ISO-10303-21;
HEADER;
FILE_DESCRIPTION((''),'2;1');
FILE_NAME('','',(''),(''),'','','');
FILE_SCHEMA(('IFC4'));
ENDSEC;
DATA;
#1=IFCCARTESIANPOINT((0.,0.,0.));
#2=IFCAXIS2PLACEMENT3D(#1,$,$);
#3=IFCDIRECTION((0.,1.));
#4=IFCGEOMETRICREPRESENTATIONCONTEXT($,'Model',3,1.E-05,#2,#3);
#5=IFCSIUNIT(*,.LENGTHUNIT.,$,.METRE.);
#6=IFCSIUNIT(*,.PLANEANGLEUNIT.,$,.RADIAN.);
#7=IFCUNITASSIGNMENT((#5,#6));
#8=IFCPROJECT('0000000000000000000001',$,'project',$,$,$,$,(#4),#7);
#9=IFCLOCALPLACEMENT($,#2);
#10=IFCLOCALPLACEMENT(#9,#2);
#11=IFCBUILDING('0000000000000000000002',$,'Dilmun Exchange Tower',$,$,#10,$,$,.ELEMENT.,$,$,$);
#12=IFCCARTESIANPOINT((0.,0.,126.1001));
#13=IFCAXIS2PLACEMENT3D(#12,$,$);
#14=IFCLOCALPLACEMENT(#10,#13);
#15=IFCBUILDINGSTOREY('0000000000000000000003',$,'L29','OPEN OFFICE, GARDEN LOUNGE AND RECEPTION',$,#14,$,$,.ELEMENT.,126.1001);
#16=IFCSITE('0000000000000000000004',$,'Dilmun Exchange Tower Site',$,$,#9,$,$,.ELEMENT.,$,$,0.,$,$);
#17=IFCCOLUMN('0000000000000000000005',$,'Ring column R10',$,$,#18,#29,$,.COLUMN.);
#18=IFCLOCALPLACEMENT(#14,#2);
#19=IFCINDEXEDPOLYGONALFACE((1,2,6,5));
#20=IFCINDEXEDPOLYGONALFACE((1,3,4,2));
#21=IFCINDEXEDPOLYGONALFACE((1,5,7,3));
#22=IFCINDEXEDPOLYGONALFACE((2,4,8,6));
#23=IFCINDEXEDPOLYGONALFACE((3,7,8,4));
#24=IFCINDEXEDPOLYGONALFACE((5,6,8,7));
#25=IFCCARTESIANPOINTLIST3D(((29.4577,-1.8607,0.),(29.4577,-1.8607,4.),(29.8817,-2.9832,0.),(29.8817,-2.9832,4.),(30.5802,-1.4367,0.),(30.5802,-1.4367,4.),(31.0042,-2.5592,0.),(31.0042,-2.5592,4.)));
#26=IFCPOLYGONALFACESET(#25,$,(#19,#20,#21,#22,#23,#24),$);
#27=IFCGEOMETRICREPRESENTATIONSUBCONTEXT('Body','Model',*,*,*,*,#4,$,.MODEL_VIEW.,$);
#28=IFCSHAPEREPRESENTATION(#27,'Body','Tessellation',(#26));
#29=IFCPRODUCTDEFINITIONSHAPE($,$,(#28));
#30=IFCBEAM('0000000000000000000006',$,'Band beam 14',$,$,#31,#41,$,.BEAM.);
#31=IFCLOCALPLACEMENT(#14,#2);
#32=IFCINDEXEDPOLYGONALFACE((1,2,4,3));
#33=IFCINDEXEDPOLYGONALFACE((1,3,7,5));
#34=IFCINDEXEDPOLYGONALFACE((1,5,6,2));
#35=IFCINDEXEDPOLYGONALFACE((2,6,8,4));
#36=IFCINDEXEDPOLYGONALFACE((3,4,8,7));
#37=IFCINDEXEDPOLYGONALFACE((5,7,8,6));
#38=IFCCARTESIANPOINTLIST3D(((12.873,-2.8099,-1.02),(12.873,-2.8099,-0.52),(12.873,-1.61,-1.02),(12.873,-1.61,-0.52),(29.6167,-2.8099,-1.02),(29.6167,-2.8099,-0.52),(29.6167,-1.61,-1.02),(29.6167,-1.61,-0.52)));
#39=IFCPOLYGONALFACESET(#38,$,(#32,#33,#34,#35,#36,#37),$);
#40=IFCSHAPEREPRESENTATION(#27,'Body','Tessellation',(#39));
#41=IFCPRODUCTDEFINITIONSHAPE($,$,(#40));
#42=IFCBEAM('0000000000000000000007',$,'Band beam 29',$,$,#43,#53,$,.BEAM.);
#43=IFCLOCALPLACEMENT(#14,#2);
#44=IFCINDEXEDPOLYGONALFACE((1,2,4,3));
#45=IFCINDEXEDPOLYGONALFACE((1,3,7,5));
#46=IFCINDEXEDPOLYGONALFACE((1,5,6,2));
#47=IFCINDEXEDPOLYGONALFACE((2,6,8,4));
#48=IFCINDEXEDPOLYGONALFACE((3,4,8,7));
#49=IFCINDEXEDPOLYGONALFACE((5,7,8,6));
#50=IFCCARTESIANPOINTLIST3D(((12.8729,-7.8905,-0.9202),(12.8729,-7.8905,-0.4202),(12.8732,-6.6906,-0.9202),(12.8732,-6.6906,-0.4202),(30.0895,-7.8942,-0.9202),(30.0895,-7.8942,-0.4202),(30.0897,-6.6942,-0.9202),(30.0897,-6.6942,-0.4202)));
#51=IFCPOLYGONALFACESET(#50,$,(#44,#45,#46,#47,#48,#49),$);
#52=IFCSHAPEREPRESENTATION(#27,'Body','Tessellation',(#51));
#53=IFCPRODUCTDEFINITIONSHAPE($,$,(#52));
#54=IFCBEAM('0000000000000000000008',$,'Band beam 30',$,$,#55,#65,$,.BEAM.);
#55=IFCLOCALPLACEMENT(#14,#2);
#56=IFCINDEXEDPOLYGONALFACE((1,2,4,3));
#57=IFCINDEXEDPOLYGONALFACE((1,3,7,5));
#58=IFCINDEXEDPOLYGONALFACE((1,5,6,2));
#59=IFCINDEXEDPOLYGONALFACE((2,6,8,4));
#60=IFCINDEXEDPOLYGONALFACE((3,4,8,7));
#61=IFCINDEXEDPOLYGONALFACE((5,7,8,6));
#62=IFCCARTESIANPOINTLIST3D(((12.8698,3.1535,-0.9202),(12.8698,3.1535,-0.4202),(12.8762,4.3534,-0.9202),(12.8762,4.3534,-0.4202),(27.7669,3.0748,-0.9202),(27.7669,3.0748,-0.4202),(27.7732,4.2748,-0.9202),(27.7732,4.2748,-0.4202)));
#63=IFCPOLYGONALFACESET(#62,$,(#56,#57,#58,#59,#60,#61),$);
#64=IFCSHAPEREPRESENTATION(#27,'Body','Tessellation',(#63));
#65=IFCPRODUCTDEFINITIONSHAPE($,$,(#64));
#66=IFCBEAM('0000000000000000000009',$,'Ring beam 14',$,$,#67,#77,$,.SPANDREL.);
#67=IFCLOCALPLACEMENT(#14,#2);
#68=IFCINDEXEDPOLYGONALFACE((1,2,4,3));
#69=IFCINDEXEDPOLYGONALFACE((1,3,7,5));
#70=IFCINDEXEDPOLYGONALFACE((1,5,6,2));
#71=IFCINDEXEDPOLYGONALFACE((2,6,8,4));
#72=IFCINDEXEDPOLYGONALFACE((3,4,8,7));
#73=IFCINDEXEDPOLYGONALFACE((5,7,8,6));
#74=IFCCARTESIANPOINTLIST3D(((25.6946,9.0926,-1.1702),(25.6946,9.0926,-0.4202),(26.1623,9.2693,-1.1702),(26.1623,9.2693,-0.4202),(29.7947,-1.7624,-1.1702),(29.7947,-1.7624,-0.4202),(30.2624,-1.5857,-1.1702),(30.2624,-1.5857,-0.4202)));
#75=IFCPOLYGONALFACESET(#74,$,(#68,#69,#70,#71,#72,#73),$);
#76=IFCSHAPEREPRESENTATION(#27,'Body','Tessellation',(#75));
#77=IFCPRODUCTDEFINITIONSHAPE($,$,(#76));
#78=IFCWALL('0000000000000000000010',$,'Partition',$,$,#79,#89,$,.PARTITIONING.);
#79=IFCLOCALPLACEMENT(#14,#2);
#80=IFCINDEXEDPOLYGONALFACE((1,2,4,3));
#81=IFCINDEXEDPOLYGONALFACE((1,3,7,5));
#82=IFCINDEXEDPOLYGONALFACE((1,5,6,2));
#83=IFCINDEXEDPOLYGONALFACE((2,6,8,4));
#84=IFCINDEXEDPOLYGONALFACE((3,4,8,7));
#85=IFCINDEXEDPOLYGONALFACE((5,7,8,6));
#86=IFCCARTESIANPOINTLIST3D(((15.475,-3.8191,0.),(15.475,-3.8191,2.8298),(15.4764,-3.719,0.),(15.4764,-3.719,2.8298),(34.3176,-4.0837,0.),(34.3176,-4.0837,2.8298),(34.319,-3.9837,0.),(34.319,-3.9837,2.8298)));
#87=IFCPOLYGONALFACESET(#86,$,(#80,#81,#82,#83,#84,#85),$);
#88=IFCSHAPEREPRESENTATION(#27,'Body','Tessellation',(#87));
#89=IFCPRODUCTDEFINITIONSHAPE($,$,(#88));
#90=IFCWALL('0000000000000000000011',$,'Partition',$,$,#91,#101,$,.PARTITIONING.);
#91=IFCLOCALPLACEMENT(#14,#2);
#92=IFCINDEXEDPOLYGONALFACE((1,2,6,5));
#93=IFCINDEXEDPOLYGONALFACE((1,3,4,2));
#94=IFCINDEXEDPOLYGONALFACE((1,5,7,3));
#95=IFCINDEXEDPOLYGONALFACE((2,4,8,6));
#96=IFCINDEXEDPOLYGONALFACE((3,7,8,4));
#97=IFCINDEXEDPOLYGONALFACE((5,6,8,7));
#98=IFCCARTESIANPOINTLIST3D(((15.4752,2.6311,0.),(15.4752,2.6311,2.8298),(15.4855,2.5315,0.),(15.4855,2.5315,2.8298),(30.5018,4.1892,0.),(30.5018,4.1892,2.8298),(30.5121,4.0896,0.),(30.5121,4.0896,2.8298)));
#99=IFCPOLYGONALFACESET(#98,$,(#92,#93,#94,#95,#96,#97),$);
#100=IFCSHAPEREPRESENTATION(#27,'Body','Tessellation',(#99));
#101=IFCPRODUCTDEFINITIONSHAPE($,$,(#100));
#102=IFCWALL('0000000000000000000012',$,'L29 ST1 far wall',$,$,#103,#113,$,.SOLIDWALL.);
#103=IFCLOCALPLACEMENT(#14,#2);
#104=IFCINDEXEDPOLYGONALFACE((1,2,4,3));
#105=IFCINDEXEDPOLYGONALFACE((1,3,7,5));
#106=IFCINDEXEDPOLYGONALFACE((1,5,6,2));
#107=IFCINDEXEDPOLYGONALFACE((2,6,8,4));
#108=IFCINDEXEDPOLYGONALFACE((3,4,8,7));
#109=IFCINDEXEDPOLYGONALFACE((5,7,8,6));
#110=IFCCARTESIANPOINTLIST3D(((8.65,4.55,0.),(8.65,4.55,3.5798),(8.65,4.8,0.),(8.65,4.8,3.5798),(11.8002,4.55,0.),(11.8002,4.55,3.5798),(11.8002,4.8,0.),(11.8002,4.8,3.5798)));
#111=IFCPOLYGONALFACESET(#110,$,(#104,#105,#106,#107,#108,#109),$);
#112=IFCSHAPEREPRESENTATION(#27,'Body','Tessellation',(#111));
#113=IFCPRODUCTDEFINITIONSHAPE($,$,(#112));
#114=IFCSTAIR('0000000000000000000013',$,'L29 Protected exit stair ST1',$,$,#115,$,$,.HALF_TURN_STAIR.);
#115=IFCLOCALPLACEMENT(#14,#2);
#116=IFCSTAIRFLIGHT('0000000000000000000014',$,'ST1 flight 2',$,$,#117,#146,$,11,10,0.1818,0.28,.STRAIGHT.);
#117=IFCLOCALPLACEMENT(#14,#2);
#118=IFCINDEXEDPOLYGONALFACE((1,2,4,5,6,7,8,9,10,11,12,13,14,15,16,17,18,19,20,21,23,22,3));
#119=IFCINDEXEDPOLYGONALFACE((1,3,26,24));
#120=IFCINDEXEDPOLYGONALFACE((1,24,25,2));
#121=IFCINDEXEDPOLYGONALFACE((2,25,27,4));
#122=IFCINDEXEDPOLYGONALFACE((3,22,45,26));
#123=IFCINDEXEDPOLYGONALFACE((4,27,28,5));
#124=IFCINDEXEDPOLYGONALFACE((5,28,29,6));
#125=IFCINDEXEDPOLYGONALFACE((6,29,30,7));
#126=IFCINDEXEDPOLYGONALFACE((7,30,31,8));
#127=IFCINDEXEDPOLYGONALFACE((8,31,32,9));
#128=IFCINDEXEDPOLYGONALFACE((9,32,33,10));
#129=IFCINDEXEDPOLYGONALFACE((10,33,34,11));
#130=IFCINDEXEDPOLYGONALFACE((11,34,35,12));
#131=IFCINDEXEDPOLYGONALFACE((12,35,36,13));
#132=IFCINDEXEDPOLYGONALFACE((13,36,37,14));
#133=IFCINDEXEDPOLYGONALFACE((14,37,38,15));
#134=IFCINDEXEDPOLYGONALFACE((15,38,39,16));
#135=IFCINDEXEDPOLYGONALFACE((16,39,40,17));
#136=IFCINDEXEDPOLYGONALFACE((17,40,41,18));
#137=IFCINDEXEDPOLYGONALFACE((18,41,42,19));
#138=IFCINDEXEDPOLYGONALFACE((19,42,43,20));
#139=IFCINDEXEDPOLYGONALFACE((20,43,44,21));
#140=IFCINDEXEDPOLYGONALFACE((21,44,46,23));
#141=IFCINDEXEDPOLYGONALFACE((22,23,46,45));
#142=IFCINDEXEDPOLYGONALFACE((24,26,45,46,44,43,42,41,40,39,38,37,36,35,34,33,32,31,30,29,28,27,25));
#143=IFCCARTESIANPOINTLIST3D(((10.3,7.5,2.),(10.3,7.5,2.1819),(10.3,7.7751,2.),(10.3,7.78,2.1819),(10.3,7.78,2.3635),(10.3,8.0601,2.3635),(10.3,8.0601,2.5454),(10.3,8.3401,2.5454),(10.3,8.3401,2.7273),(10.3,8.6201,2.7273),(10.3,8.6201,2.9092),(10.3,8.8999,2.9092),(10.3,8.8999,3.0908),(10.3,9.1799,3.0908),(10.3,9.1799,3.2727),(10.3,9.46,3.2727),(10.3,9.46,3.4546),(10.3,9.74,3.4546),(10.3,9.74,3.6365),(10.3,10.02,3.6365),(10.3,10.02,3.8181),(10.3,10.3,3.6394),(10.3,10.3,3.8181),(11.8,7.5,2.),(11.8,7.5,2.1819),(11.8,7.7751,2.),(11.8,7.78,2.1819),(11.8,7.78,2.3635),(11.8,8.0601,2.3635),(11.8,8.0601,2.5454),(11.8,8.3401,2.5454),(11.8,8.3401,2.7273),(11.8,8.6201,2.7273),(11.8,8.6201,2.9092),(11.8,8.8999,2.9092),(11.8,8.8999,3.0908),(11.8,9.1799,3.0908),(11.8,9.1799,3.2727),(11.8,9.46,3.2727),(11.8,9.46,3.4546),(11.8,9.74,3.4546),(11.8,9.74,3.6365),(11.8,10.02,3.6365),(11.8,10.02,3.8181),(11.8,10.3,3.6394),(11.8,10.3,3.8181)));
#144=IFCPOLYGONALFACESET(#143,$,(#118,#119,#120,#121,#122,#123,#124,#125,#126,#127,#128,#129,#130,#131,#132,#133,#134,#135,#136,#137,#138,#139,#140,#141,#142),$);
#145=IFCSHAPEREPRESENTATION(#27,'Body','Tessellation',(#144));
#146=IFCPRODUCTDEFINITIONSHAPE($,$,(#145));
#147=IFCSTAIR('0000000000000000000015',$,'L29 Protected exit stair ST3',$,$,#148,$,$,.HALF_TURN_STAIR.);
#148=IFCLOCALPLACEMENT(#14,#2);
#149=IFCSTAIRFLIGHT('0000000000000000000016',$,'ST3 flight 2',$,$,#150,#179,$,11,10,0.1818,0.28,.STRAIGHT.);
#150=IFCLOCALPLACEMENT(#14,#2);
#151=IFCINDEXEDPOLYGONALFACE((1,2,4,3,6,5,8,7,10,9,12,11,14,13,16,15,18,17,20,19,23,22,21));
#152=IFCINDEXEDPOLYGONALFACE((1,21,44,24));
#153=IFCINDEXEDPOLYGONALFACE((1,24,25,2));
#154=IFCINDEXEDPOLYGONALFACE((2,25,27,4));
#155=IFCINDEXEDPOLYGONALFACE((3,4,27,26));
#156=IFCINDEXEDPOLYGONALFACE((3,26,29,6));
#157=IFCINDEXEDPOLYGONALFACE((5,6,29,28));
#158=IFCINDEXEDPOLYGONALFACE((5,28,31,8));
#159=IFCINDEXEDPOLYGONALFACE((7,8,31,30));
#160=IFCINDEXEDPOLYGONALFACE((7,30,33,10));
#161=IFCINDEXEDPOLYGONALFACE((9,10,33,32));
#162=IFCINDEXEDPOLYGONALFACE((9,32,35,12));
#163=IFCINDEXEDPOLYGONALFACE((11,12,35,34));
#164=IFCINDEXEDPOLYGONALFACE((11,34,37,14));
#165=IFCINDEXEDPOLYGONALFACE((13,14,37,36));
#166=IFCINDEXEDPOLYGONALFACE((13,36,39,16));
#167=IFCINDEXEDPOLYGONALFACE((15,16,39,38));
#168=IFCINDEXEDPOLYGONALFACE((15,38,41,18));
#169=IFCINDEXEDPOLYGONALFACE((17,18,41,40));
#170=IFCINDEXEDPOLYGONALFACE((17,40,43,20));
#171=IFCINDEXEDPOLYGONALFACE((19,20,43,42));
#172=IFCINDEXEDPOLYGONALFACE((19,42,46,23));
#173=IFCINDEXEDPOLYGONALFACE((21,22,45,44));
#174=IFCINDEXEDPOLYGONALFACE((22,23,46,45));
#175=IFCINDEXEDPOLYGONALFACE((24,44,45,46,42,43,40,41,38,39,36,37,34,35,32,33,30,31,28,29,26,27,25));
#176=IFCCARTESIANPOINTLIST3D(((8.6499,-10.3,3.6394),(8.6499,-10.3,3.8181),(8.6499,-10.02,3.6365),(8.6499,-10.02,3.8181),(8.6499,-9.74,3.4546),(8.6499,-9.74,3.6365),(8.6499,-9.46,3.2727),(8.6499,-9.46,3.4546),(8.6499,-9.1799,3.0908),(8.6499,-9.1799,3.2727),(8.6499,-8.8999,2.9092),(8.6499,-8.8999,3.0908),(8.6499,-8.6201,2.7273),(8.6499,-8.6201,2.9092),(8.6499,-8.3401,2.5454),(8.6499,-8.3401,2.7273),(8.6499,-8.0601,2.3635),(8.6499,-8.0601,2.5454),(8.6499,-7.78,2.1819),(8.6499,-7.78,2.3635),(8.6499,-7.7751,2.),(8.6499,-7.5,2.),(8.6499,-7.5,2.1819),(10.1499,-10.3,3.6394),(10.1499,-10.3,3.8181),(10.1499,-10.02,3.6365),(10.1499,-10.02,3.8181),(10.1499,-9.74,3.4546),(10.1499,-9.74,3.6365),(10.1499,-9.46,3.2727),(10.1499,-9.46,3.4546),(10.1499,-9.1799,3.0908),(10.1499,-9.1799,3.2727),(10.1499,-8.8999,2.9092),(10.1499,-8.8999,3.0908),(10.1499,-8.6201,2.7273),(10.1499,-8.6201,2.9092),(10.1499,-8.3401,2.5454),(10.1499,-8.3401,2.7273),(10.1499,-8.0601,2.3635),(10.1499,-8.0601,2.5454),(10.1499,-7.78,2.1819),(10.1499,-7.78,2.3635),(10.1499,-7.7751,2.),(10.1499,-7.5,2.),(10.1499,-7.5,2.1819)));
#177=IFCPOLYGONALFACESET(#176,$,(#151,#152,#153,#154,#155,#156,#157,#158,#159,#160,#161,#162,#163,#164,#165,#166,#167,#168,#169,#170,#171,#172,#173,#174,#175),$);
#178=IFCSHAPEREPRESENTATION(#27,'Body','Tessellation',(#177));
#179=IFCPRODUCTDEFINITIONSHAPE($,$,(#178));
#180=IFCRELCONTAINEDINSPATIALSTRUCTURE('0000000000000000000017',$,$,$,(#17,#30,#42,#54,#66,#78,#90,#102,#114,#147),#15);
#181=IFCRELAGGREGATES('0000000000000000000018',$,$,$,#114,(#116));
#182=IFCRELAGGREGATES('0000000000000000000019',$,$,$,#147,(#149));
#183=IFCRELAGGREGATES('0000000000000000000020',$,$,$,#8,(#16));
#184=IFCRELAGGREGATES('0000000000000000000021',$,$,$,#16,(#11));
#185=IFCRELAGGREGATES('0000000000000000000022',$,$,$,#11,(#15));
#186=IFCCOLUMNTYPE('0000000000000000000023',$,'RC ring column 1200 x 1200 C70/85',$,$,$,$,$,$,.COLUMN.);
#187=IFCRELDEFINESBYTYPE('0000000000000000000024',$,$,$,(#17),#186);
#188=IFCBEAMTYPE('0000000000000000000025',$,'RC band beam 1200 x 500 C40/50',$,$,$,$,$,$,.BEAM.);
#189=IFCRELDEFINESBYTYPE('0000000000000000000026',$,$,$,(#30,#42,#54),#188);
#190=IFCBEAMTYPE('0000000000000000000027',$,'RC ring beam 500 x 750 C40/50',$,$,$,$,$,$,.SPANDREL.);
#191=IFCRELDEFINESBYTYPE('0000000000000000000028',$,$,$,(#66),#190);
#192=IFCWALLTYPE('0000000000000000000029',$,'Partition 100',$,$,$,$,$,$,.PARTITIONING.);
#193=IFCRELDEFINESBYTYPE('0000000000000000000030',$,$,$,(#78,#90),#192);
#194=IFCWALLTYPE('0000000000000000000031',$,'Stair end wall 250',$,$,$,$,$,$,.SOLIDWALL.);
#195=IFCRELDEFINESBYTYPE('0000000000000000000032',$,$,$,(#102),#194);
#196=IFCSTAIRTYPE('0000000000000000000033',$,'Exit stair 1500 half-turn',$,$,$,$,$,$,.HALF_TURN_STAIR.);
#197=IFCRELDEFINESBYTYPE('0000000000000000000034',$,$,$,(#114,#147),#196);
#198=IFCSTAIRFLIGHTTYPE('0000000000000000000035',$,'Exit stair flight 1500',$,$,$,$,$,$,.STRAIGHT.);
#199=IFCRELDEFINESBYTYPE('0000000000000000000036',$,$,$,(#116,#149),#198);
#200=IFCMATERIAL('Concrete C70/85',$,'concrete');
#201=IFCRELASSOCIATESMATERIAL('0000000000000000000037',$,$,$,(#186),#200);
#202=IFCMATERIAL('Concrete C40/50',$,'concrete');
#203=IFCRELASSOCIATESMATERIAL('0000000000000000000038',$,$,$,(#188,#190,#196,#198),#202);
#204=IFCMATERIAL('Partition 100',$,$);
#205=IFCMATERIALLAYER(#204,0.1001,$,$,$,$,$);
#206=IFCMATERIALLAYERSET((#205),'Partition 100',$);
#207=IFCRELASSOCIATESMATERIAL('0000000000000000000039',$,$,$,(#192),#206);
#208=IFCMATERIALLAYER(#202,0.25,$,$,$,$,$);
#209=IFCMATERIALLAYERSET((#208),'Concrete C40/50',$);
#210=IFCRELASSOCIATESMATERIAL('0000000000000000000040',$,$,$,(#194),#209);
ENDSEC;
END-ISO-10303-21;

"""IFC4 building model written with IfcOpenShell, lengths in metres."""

from ifc_helpers import new_model, si_unit, direction, frame, frame_2d, origin, origin_2d, place, context, subcontext, project, spatial, polyline, rectangle, outline, extrude, material, layer, layer_set, material_profile, profile_set, type_object, element, aggregate, save


model = new_model("IFC4")

# Units and contexts
model_context = context("Model", 3, precision=1e-05, world=origin(), true_north=direction((0.0, 1.0)))
body_context = subcontext(model_context, "Body", "Model", "MODEL_VIEW")
ifc_project = project(units=[si_unit("LENGTHUNIT", "METRE"), si_unit("PLANEANGLEUNIT", "RADIAN")], contexts=[model_context])

# Site, building, storey
site_placement = place(None, origin())
site = spatial("IfcSite", under=ifc_project, at=site_placement, Name="Dilmun Exchange Tower Site", CompositionType="ELEMENT", RefElevation=0.0)
building_placement = place(site_placement, origin())
building = spatial("IfcBuilding", under=site, at=building_placement, Name="Dilmun Exchange Tower", CompositionType="ELEMENT")
storey_placement = place(building_placement, frame((0.0, 0.0, 126.1001)))
storey = spatial("IfcBuildingStorey", under=building, at=storey_placement, Name="L29", Description="OPEN OFFICE, GARDEN LOUNGE AND RECEPTION", CompositionType="ELEMENT", Elevation=126.1001)

# Column
ifc_material_1 = material(Name="Concrete C70/85", Category="concrete")
ifc_material_profile_1 = material_profile(ifc_material_1, rectangle(XDim=1.2, YDim=1.2, at=origin_2d()), Name="1200 x 1200")
ifc_profile_set_1 = profile_set([ifc_material_profile_1], Name="Concrete C70/85")
column_type = type_object("IfcColumnType", Name="RC ring column 1200 x 1200 C70/85", PredefinedType="COLUMN", material=ifc_profile_set_1)
column_placement = place(storey_placement, frame((30.231, -2.21, 0.0), z_axis=(0.0, 0.0, 1.0), x_axis=(0.935492, 0.353349, 0.0)))
element("IfcColumn", 1, at=column_placement, inside=storey, type_object=column_type, Name="Ring column R10", PredefinedType="COLUMN", context=body_context, shape_type="SweptSolid", body=[
    extrude(rectangle(XDim=1.2, YDim=1.2, at=origin_2d()), origin(), (0.0, 0.0, 1.0), 4.0),
])

# Beams
ifc_material_2 = material(Name="Concrete C40/50", Category="concrete")
ifc_material_profile_2 = material_profile(ifc_material_2, rectangle(XDim=1.2, YDim=0.5, at=origin_2d()), Name="1200 x 500")
ifc_profile_set_2 = profile_set([ifc_material_profile_2], Name="Concrete C40/50")
beam_type_1 = type_object("IfcBeamType", Name="RC band beam 1200 x 500 C40/50", PredefinedType="BEAM", material=ifc_profile_set_2)
beam_1_placement = place(storey_placement, frame((29.6167, -2.21, -0.77), z_axis=(-1.0, 0.0, 0.0), x_axis=(0.0, -1.0, 0.0)))
element("IfcBeam", 2, at=beam_1_placement, inside=storey, type_object=beam_type_1, Name="Band beam 14", PredefinedType="BEAM", context=body_context, shape_type="SweptSolid", body=[
    extrude(rectangle(XDim=1.2, YDim=0.5, at=origin_2d()), origin(), (0.0, 0.0, 1.0), 16.7437),
])
beam_2_placement = place(storey_placement, frame((30.0896, -7.2942, -0.6702), z_axis=(-1.0, 0.000213, 0.0), x_axis=(-0.000213, -1.0, 0.0)))
element("IfcBeam", 3, at=beam_2_placement, inside=storey, type_object=beam_type_1, Name="Band beam 29", PredefinedType="BEAM", context=body_context, shape_type="SweptSolid", body=[
    extrude(rectangle(XDim=1.2, YDim=0.5, at=origin_2d()), origin(), (0.0, 0.0, 1.0), 17.2166),
])
beam_3_placement = place(storey_placement, frame((27.77, 3.6748, -0.6702), z_axis=(-0.999986, 0.005277, 0.0), x_axis=(-0.005277, -0.999986, 0.0)))
element("IfcBeam", 4, at=beam_3_placement, inside=storey, type_object=beam_type_1, Name="Band beam 30", PredefinedType="BEAM", context=body_context, shape_type="SweptSolid", body=[
    extrude(rectangle(XDim=1.2, YDim=0.5, at=origin_2d()), origin(), (0.0, 0.0, 1.0), 14.8972),
])
ifc_material_profile_3 = material_profile(ifc_material_2, rectangle(XDim=0.5, YDim=0.75, at=origin_2d()), Name="500 x 750")
ifc_profile_set_3 = profile_set([ifc_material_profile_3], Name="Concrete C40/50")
beam_type_2 = type_object("IfcBeamType", Name="RC ring beam 500 x 750 C40/50", PredefinedType="SPANDREL", material=ifc_profile_set_3)
beam_4_placement = place(storey_placement, frame((30.0286, -1.6741, -0.7952), z_axis=(-0.35335, 0.935491, 0.0), x_axis=(-0.935491, -0.35335, 0.0)))
element("IfcBeam", 5, at=beam_4_placement, inside=storey, type_object=beam_type_2, Name="Ring beam 14", PredefinedType="SPANDREL", context=body_context, shape_type="SweptSolid", body=[
    extrude(rectangle(XDim=0.5, YDim=0.75, at=origin_2d()), origin(), (0.0, 0.0, 1.0), 11.6035),
])

# Walls
ifc_material_3 = material(Name="Partition 100")
ifc_layer_1 = layer(ifc_material_3, 0.1001)
ifc_layer_set_1 = layer_set([ifc_layer_1], Name="Partition 100")
wall_type_1 = type_object("IfcWallType", Name="Partition 100", PredefinedType="PARTITIONING", material=ifc_layer_set_1)
wall_1_placement = place(storey_placement, frame((15.4756, -3.769, 0.0), z_axis=(0.0, 0.0, 1.0), x_axis=(0.999901, -0.014044, 0.0)))
element("IfcWall", 6, at=wall_1_placement, inside=storey, type_object=wall_type_1, Name="Partition", PredefinedType="PARTITIONING", context=body_context, shape_type="SweptSolid", body=[
    extrude(rectangle(XDim=18.8445, YDim=0.1001, at=frame_2d((9.4224, 0.0))), origin(), (0.0, 0.0, 1.0), 2.8298),
])
wall_2_placement = place(storey_placement, frame((15.4802, 2.5813, 0.0), z_axis=(0.0, 0.0, 1.0), x_axis=(0.994667, 0.103137, 0.0)))
element("IfcWall", 7, at=wall_2_placement, inside=storey, type_object=wall_type_1, Name="Partition", PredefinedType="PARTITIONING", context=body_context, shape_type="SweptSolid", body=[
    extrude(rectangle(XDim=15.1072, YDim=0.1001, at=frame_2d((7.5537, 0.0))), origin(), (0.0, 0.0, 1.0), 2.8298),
])

# Wall
ifc_layer_2 = layer(ifc_material_2, 0.25)
ifc_layer_set_2 = layer_set([ifc_layer_2], Name="Concrete C40/50")
wall_type_2 = type_object("IfcWallType", Name="Stair end wall 250", PredefinedType="SOLIDWALL", material=ifc_layer_set_2)
wall_3_placement = place(storey_placement, frame((8.6499, 4.675, 0.0), z_axis=(0.0, 0.0, 1.0), x_axis=(1.0, 0.0, 0.0)))
element("IfcWall", 8, at=wall_3_placement, inside=storey, type_object=wall_type_2, Name="L29 ST1 far wall", PredefinedType="SOLIDWALL", context=body_context, shape_type="SweptSolid", body=[
    extrude(rectangle(XDim=3.1501, YDim=0.25, at=frame_2d((1.5752, 0.0))), origin(), (0.0, 0.0, 1.0), 3.5798),
])

# Stairs, stair flights
stair_type = type_object("IfcStairType", Name="Exit stair 1500 half-turn", PredefinedType="HALF_TURN_STAIR", material=ifc_material_2)
stair_1_placement = place(storey_placement, origin())
stair_1 = element("IfcStair", 9, at=stair_1_placement, inside=storey, type_object=stair_type, Name="L29 Protected exit stair ST1", PredefinedType="HALF_TURN_STAIR")
stair_flight_type = type_object("IfcStairFlightType", Name="Exit stair flight 1500", PredefinedType="STRAIGHT", material=ifc_material_2)
stair_flight_1_placement = place(storey_placement, frame((11.05, 7.5, 2.0), z_axis=(0.0, 0.0, 1.0), x_axis=(0.0, 1.0, 0.0)))
stair_flight_1 = element("IfcStairFlight", 10, at=stair_flight_1_placement, type_object=stair_flight_type, Name="ST1 flight 2", NumberOfRisers=11, NumberOfTreads=10, PredefinedType="STRAIGHT", RiserHeight=0.1818, TreadLength=0.28, context=body_context, shape_type="SweptSolid", body=[
    extrude(outline(polyline([(0.0, 0.0), (0.0, 0.1819), (0.28, 0.1819), (0.28, 0.3635), (0.5601, 0.3635), (0.5601, 0.5454), (0.8401, 0.5454), (0.8401, 0.7273), (1.1201, 0.7273), (1.1201, 0.9092), (1.3999, 0.9092), (1.3999, 1.0908), (1.6799, 1.0908), (1.6799, 1.2727), (1.96, 1.2727), (1.96, 1.4546), (2.24, 1.4546), (2.24, 1.6365), (2.52, 1.6365), (2.52, 1.8181), (2.8, 1.8181), (2.8, 2.0), (2.8, 1.6394), (0.2751, 0.0), (0.0, 0.0)])), frame((0.0, 0.75, 0.0), z_axis=(0.0, -1.0, 0.0), x_axis=(1.0, 0.0, 0.0)), (0.0, 0.0, 1.0), 1.5),
])
aggregate(stair_1, [stair_flight_1])
stair_2_placement = place(storey_placement, origin())
stair_2 = element("IfcStair", 11, at=stair_2_placement, inside=storey, type_object=stair_type, Name="L29 Protected exit stair ST3", PredefinedType="HALF_TURN_STAIR")
stair_flight_2_placement = place(storey_placement, frame((9.3999, -7.5, 2.0), z_axis=(0.0, 0.0, 1.0), x_axis=(0.0, -1.0, 0.0)))
stair_flight_2 = element("IfcStairFlight", 12, at=stair_flight_2_placement, type_object=stair_flight_type, Name="ST3 flight 2", NumberOfRisers=11, NumberOfTreads=10, PredefinedType="STRAIGHT", RiserHeight=0.1818, TreadLength=0.28, context=body_context, shape_type="SweptSolid", body=[
    extrude(outline(polyline([(0.0, 0.0), (0.0, 0.1819), (0.28, 0.1819), (0.28, 0.3635), (0.5601, 0.3635), (0.5601, 0.5454), (0.8401, 0.5454), (0.8401, 0.7273), (1.1201, 0.7273), (1.1201, 0.9092), (1.3999, 0.9092), (1.3999, 1.0908), (1.6799, 1.0908), (1.6799, 1.2727), (1.96, 1.2727), (1.96, 1.4546), (2.24, 1.4546), (2.24, 1.6365), (2.52, 1.6365), (2.52, 1.8181), (2.8, 1.8181), (2.8, 2.0), (2.8, 1.6394), (0.2751, 0.0), (0.0, 0.0)])), frame((0.0, 0.75, 0.0), z_axis=(0.0, -1.0, 0.0), x_axis=(1.0, 0.0, 0.0)), (0.0, 0.0, 1.0), 1.5),
])
aggregate(stair_2, [stair_flight_2])

save(model, "model.ifc")
